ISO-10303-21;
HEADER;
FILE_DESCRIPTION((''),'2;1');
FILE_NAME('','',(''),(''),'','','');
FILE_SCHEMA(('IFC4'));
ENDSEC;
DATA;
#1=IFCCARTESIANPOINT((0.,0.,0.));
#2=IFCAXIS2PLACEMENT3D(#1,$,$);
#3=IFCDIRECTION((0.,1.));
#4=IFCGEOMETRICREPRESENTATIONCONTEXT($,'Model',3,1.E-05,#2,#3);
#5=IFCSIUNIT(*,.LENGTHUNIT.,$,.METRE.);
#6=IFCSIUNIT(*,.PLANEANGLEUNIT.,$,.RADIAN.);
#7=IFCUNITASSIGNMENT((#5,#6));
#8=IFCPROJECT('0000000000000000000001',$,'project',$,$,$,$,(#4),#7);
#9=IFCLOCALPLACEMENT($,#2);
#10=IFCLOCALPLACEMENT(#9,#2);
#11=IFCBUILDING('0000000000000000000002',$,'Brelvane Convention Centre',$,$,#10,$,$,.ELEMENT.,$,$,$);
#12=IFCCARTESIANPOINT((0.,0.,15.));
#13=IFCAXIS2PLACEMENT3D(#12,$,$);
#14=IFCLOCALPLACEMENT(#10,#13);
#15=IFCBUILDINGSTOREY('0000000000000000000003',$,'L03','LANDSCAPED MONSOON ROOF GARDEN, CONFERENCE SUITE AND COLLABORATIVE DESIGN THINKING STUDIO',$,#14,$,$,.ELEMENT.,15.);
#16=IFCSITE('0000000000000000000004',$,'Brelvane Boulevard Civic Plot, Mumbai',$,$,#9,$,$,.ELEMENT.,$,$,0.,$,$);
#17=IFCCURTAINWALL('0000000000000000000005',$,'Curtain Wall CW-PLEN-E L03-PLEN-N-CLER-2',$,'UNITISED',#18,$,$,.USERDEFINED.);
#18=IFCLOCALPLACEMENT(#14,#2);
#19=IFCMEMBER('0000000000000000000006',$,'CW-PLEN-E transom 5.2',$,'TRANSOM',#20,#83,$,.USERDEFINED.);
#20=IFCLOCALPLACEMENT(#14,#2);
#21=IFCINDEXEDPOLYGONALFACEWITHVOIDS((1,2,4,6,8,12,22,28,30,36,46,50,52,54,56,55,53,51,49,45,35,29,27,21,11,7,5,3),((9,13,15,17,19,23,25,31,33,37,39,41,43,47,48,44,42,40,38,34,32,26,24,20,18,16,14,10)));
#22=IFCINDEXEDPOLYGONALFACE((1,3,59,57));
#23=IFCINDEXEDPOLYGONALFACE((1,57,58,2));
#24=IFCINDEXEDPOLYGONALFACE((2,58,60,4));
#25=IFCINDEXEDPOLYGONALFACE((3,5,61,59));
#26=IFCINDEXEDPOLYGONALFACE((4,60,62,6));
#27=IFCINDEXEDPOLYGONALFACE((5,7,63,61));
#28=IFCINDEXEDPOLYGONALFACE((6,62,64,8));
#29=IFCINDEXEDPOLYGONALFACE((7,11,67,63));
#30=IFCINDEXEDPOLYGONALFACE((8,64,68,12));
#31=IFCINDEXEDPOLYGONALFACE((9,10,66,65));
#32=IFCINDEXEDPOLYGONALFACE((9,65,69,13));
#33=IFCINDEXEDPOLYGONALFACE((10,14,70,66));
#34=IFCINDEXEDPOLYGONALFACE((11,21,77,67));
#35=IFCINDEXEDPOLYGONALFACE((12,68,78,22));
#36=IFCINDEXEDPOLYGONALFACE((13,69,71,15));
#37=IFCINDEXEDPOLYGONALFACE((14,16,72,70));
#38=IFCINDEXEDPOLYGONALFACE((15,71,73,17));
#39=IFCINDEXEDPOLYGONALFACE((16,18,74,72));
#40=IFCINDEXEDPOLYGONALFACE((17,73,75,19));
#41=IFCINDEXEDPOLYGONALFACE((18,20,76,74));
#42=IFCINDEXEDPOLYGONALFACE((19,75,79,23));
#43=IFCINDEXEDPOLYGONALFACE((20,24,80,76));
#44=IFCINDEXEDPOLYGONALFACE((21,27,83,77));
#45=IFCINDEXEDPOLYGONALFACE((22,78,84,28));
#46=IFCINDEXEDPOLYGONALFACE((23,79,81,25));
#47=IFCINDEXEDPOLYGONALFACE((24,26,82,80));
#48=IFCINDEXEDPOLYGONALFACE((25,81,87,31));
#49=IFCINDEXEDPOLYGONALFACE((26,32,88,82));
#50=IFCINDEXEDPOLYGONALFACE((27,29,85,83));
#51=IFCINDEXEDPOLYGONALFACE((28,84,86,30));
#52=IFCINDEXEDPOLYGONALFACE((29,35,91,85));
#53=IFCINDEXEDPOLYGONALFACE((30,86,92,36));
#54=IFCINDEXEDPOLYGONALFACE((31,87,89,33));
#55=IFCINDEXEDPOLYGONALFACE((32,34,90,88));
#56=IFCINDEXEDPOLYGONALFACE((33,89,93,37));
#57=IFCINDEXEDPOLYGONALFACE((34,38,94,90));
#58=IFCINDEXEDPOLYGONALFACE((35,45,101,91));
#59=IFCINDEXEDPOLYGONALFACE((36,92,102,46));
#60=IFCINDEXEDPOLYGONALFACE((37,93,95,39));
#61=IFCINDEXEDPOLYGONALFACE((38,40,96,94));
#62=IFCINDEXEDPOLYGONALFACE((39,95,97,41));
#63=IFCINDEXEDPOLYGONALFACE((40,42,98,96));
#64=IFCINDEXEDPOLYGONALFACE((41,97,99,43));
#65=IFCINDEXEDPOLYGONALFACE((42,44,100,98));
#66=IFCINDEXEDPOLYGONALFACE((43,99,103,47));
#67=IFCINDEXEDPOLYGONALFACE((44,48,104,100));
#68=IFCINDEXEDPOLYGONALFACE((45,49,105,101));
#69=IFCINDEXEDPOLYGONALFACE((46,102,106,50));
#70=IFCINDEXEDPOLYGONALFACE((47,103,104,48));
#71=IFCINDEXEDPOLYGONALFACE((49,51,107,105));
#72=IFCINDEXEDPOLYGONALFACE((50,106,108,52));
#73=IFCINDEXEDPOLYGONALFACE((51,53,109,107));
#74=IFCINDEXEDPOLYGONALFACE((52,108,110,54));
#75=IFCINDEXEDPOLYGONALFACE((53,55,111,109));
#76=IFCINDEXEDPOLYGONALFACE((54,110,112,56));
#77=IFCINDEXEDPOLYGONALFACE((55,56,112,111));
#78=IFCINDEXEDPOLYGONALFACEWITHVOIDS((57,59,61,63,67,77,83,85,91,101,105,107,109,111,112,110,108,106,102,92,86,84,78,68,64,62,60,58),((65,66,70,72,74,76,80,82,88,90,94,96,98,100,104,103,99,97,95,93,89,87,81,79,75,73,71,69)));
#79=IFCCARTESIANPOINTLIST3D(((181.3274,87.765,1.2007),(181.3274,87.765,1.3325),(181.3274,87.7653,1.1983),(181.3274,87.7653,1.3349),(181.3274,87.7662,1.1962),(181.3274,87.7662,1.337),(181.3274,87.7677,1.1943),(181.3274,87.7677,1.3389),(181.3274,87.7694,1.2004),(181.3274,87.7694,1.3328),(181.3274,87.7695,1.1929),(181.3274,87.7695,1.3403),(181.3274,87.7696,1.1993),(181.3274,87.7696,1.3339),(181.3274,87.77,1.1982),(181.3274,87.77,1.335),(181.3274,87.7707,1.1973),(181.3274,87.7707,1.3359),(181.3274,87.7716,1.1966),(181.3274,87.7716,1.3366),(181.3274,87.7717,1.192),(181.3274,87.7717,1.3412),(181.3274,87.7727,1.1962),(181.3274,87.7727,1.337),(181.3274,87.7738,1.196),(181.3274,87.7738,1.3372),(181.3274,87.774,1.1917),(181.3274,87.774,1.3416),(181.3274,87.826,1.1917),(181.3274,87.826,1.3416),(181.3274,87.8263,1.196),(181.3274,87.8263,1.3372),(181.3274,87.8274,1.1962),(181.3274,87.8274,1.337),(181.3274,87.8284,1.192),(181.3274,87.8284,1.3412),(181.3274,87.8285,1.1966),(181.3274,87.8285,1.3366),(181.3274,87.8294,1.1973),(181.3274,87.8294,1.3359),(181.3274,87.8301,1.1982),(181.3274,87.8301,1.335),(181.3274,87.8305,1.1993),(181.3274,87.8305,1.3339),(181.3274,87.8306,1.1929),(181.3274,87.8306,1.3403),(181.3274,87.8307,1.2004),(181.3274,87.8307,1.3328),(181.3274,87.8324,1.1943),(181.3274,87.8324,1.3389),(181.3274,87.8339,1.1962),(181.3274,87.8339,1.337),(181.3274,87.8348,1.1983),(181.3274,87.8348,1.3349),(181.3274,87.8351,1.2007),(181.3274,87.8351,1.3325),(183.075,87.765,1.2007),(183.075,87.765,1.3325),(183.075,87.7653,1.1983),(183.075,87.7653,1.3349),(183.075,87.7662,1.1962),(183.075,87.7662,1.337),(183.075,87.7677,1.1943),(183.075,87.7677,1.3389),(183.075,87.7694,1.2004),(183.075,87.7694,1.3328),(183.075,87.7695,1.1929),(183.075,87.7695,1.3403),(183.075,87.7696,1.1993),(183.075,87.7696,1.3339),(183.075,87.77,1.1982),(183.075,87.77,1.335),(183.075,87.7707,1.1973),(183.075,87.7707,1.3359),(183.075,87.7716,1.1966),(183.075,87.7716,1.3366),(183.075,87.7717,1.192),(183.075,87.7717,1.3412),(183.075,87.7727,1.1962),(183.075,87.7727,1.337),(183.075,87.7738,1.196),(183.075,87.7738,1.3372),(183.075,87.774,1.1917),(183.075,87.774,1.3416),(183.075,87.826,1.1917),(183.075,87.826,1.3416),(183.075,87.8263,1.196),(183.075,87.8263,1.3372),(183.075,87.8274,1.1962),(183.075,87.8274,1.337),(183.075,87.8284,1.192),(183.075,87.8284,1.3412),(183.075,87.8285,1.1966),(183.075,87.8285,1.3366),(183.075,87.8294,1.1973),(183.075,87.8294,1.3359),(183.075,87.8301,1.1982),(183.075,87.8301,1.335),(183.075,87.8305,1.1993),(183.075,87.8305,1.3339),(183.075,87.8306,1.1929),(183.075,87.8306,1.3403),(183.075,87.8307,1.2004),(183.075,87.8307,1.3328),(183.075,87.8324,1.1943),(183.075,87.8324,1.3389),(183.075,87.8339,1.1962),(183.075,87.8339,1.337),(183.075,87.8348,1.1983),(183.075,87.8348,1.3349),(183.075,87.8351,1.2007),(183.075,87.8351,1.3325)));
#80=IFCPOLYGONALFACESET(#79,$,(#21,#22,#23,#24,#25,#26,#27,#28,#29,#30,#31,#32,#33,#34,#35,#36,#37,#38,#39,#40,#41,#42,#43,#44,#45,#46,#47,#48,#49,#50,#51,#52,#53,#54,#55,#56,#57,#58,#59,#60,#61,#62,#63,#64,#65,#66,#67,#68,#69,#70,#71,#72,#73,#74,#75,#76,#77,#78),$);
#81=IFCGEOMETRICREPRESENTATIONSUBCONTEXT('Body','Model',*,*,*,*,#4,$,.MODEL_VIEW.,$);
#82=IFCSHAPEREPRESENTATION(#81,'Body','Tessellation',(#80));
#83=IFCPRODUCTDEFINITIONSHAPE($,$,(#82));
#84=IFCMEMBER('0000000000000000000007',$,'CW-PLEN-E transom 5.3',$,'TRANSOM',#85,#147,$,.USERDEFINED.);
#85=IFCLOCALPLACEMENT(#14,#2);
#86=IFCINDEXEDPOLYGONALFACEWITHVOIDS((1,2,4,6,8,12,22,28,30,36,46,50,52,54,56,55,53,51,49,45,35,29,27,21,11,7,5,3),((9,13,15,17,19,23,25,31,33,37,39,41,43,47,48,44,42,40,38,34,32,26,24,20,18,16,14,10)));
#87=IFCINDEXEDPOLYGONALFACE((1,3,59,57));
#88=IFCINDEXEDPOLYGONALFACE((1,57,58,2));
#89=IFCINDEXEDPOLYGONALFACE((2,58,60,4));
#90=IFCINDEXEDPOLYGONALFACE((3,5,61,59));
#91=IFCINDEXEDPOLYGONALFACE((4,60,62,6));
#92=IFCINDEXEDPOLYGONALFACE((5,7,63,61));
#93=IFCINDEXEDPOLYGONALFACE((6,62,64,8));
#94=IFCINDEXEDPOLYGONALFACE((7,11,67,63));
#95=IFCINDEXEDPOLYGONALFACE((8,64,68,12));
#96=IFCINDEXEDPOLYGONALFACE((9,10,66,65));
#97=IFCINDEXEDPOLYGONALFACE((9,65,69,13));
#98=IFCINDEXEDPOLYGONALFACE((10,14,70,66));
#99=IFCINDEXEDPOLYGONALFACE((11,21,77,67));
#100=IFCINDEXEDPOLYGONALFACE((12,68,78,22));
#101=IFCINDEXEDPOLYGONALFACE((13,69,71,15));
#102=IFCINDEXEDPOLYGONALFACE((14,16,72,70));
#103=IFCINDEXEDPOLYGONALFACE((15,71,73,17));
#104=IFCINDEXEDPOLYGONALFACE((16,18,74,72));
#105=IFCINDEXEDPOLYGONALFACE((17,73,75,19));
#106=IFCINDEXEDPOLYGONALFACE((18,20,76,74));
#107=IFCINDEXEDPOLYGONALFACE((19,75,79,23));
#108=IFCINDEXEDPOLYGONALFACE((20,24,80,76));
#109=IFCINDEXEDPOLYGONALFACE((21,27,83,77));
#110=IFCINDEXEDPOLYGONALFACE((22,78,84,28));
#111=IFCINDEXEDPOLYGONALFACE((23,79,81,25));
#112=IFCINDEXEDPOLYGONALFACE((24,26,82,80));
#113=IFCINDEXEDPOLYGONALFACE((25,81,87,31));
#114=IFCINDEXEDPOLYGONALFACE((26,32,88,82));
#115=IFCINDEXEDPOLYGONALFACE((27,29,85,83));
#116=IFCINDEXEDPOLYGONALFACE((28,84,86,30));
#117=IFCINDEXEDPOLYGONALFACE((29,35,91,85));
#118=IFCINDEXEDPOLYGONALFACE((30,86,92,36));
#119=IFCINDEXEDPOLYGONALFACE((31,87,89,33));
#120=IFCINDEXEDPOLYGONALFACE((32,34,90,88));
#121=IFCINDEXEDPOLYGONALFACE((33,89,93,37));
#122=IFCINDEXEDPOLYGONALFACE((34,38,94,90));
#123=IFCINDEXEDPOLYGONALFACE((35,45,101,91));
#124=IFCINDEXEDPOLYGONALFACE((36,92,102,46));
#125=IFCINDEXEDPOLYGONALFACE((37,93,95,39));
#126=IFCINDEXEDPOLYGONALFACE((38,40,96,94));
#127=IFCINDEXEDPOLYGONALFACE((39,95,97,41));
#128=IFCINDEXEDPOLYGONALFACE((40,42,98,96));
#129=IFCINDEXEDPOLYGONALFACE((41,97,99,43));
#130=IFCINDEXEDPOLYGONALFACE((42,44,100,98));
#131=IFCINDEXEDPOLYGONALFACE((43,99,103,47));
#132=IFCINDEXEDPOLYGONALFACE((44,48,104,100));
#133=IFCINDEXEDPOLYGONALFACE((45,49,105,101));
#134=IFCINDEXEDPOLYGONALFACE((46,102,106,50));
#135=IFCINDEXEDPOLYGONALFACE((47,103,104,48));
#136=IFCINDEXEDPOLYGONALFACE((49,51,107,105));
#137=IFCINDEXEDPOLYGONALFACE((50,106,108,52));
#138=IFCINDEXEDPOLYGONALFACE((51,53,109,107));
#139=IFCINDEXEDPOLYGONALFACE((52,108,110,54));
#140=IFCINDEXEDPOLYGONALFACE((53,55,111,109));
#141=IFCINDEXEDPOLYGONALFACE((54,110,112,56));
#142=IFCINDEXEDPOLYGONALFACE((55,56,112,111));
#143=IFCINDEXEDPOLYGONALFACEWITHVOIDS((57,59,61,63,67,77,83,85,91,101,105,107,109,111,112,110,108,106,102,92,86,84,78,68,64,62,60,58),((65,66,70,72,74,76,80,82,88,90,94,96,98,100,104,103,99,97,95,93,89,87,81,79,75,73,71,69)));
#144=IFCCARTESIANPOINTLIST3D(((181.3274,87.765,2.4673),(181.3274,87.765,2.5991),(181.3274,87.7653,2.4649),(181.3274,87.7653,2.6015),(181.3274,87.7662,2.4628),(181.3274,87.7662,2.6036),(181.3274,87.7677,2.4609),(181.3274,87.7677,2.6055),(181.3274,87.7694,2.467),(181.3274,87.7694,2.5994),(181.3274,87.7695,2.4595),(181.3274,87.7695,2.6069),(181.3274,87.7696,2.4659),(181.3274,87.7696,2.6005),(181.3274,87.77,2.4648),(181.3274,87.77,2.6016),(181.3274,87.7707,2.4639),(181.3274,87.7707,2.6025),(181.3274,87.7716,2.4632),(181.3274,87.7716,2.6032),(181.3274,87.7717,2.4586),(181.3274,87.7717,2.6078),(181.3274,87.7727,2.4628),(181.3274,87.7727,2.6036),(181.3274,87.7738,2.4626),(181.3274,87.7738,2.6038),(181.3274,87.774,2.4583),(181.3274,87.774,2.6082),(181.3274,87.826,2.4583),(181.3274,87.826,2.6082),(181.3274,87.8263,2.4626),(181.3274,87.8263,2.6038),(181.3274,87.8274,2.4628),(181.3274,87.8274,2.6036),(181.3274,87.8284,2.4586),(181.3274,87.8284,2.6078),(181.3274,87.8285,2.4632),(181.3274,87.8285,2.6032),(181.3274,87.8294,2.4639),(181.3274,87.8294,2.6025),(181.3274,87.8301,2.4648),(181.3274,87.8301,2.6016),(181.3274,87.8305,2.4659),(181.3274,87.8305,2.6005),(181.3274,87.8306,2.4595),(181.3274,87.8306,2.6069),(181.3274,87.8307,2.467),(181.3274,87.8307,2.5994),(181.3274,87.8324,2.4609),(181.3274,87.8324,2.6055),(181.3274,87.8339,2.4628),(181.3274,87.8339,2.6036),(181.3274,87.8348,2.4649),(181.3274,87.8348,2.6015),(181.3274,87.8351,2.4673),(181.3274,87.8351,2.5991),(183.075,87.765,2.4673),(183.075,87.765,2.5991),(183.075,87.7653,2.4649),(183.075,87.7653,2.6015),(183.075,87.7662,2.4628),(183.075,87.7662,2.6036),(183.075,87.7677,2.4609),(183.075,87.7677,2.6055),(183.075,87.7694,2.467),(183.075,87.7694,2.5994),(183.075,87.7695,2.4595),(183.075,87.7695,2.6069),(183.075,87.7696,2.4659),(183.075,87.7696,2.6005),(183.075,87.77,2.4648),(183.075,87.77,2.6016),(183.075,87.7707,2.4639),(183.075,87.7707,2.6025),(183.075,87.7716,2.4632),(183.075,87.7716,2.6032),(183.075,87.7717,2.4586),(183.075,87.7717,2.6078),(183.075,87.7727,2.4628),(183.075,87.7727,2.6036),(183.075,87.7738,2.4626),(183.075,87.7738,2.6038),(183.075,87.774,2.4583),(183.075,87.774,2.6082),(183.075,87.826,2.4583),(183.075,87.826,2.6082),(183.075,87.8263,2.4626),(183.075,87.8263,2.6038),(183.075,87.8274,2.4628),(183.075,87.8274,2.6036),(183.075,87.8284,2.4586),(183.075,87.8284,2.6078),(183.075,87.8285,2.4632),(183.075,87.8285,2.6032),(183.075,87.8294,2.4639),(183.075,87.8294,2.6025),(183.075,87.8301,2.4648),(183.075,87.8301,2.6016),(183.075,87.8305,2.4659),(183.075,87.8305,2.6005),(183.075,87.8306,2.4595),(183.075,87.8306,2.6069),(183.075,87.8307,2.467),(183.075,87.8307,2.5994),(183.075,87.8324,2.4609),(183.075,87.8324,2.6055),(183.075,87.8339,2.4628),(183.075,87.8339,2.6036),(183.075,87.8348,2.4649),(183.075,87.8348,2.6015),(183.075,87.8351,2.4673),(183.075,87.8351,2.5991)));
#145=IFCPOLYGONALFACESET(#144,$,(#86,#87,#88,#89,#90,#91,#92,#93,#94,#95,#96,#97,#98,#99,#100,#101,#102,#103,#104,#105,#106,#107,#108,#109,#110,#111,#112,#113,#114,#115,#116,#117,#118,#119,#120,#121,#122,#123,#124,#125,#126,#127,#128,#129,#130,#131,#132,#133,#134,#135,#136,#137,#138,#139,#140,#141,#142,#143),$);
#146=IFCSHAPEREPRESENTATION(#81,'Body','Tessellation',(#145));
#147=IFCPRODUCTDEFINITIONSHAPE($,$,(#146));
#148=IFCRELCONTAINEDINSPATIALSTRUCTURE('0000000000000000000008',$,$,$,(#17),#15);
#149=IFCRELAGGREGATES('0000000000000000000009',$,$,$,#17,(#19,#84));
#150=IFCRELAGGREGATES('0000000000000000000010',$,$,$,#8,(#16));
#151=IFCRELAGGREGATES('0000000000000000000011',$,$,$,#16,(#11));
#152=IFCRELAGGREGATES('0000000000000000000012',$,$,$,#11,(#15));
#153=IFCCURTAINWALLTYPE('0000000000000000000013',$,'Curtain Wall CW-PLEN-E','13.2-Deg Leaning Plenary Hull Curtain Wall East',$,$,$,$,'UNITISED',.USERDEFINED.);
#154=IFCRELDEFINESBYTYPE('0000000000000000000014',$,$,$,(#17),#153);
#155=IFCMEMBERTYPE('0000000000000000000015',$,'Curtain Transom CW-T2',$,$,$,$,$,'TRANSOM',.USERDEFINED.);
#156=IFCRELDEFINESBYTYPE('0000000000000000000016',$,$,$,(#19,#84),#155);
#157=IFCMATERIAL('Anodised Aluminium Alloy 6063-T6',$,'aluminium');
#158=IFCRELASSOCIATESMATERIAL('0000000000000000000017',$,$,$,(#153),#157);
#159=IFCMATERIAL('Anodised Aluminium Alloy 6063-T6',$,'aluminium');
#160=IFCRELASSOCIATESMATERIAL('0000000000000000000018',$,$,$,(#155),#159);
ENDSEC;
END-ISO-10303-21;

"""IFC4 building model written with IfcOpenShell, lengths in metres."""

from ifc_helpers import new_model, si_unit, direction, frame, origin, origin_2d, place, context, subcontext, project, spatial, hollow_rectangle, extrude, material, material_profile, profile_set, type_object, element, aggregate, save


model = new_model("IFC4")

# Units and contexts
model_context = context("Model", 3, precision=1e-05, world=origin(), true_north=direction((0.0, 1.0)))
body_context = subcontext(model_context, "Body", "Model", "MODEL_VIEW")
ifc_project = project(units=[si_unit("LENGTHUNIT", "METRE"), si_unit("PLANEANGLEUNIT", "RADIAN")], contexts=[model_context])

# Site, building, storey
site_placement = place(None, origin())
site = spatial("IfcSite", under=ifc_project, at=site_placement, Name="Brelvane Boulevard Civic Plot, Mumbai", CompositionType="ELEMENT", RefElevation=0.0)
building_placement = place(site_placement, origin())
building = spatial("IfcBuilding", under=site, at=building_placement, Name="Brelvane Convention Centre", CompositionType="ELEMENT")
storey_placement = place(building_placement, frame((0.0, 0.0, 15.0)))
storey = spatial("IfcBuildingStorey", under=building, at=storey_placement, Name="L03", Description="LANDSCAPED MONSOON ROOF GARDEN, CONFERENCE SUITE AND COLLABORATIVE DESIGN THINKING STUDIO", CompositionType="ELEMENT", Elevation=15.0)

# Curtain wall, members
ifc_material_1 = material(Name="Anodised Aluminium Alloy 6063-T6", Category="aluminium")
curtain_wall_type = type_object("IfcCurtainWallType", Name="Curtain Wall CW-PLEN-E", Description="13.2-Deg Leaning Plenary Hull Curtain Wall East", ElementType="UNITISED", PredefinedType="USERDEFINED", material=ifc_material_1)
curtain_wall_placement = place(storey_placement, origin())
curtain_wall = element("IfcCurtainWall", 1, at=curtain_wall_placement, inside=storey, type_object=curtain_wall_type, Name="Curtain Wall CW-PLEN-E L03-PLEN-N-CLER-2", ObjectType="UNITISED", PredefinedType="USERDEFINED")
ifc_material_2 = material(Name="Anodised Aluminium Alloy 6063-T6", Category="aluminium")
ifc_material_profile_1 = material_profile(ifc_material_2, hollow_rectangle(XDim=0.0701, YDim=0.1499, WallThickness=0.0044, InnerFilletRadius=0.0044, OuterFilletRadius=0.009, at=origin_2d()), Name="ALU-T 150x70x4.5")
ifc_profile_set_1 = profile_set([ifc_material_profile_1], Name="Anodised Aluminium Alloy 6063-T6")
member_type_1 = type_object("IfcMemberType", Name="Curtain Transom CW-T2", ElementType="TRANSOM", PredefinedType="USERDEFINED", material=ifc_profile_set_1)
member_1_placement = place(storey_placement, frame((181.3274, 87.8, 1.2666), z_axis=(1.0, 0.0, 0.0), x_axis=(0.0, 1.0, 0.0)))
member_1 = element("IfcMember", 2, at=member_1_placement, type_object=member_type_1, Name="CW-PLEN-E transom 5.2", ObjectType="TRANSOM", PredefinedType="USERDEFINED", context=body_context, shape_type="SweptSolid", body=[
    extrude(hollow_rectangle(XDim=0.0701, YDim=0.1499, WallThickness=0.0044, InnerFilletRadius=0.0044, OuterFilletRadius=0.009, at=origin_2d()), origin(), (0.0, 0.0, 1.0), 1.7476),
])
member_2_placement = place(storey_placement, frame((181.3274, 87.8, 2.5332), z_axis=(1.0, 0.0, 0.0), x_axis=(0.0, 1.0, 0.0)))
member_2 = element("IfcMember", 3, at=member_2_placement, type_object=member_type_1, Name="CW-PLEN-E transom 5.3", ObjectType="TRANSOM", PredefinedType="USERDEFINED", context=body_context, shape_type="SweptSolid", body=[
    extrude(hollow_rectangle(XDim=0.0701, YDim=0.1499, WallThickness=0.0044, InnerFilletRadius=0.0044, OuterFilletRadius=0.009, at=origin_2d()), origin(), (0.0, 0.0, 1.0), 1.7476),
])

aggregate(curtain_wall, [member_1, member_2])

save(model, "model.ifc")
